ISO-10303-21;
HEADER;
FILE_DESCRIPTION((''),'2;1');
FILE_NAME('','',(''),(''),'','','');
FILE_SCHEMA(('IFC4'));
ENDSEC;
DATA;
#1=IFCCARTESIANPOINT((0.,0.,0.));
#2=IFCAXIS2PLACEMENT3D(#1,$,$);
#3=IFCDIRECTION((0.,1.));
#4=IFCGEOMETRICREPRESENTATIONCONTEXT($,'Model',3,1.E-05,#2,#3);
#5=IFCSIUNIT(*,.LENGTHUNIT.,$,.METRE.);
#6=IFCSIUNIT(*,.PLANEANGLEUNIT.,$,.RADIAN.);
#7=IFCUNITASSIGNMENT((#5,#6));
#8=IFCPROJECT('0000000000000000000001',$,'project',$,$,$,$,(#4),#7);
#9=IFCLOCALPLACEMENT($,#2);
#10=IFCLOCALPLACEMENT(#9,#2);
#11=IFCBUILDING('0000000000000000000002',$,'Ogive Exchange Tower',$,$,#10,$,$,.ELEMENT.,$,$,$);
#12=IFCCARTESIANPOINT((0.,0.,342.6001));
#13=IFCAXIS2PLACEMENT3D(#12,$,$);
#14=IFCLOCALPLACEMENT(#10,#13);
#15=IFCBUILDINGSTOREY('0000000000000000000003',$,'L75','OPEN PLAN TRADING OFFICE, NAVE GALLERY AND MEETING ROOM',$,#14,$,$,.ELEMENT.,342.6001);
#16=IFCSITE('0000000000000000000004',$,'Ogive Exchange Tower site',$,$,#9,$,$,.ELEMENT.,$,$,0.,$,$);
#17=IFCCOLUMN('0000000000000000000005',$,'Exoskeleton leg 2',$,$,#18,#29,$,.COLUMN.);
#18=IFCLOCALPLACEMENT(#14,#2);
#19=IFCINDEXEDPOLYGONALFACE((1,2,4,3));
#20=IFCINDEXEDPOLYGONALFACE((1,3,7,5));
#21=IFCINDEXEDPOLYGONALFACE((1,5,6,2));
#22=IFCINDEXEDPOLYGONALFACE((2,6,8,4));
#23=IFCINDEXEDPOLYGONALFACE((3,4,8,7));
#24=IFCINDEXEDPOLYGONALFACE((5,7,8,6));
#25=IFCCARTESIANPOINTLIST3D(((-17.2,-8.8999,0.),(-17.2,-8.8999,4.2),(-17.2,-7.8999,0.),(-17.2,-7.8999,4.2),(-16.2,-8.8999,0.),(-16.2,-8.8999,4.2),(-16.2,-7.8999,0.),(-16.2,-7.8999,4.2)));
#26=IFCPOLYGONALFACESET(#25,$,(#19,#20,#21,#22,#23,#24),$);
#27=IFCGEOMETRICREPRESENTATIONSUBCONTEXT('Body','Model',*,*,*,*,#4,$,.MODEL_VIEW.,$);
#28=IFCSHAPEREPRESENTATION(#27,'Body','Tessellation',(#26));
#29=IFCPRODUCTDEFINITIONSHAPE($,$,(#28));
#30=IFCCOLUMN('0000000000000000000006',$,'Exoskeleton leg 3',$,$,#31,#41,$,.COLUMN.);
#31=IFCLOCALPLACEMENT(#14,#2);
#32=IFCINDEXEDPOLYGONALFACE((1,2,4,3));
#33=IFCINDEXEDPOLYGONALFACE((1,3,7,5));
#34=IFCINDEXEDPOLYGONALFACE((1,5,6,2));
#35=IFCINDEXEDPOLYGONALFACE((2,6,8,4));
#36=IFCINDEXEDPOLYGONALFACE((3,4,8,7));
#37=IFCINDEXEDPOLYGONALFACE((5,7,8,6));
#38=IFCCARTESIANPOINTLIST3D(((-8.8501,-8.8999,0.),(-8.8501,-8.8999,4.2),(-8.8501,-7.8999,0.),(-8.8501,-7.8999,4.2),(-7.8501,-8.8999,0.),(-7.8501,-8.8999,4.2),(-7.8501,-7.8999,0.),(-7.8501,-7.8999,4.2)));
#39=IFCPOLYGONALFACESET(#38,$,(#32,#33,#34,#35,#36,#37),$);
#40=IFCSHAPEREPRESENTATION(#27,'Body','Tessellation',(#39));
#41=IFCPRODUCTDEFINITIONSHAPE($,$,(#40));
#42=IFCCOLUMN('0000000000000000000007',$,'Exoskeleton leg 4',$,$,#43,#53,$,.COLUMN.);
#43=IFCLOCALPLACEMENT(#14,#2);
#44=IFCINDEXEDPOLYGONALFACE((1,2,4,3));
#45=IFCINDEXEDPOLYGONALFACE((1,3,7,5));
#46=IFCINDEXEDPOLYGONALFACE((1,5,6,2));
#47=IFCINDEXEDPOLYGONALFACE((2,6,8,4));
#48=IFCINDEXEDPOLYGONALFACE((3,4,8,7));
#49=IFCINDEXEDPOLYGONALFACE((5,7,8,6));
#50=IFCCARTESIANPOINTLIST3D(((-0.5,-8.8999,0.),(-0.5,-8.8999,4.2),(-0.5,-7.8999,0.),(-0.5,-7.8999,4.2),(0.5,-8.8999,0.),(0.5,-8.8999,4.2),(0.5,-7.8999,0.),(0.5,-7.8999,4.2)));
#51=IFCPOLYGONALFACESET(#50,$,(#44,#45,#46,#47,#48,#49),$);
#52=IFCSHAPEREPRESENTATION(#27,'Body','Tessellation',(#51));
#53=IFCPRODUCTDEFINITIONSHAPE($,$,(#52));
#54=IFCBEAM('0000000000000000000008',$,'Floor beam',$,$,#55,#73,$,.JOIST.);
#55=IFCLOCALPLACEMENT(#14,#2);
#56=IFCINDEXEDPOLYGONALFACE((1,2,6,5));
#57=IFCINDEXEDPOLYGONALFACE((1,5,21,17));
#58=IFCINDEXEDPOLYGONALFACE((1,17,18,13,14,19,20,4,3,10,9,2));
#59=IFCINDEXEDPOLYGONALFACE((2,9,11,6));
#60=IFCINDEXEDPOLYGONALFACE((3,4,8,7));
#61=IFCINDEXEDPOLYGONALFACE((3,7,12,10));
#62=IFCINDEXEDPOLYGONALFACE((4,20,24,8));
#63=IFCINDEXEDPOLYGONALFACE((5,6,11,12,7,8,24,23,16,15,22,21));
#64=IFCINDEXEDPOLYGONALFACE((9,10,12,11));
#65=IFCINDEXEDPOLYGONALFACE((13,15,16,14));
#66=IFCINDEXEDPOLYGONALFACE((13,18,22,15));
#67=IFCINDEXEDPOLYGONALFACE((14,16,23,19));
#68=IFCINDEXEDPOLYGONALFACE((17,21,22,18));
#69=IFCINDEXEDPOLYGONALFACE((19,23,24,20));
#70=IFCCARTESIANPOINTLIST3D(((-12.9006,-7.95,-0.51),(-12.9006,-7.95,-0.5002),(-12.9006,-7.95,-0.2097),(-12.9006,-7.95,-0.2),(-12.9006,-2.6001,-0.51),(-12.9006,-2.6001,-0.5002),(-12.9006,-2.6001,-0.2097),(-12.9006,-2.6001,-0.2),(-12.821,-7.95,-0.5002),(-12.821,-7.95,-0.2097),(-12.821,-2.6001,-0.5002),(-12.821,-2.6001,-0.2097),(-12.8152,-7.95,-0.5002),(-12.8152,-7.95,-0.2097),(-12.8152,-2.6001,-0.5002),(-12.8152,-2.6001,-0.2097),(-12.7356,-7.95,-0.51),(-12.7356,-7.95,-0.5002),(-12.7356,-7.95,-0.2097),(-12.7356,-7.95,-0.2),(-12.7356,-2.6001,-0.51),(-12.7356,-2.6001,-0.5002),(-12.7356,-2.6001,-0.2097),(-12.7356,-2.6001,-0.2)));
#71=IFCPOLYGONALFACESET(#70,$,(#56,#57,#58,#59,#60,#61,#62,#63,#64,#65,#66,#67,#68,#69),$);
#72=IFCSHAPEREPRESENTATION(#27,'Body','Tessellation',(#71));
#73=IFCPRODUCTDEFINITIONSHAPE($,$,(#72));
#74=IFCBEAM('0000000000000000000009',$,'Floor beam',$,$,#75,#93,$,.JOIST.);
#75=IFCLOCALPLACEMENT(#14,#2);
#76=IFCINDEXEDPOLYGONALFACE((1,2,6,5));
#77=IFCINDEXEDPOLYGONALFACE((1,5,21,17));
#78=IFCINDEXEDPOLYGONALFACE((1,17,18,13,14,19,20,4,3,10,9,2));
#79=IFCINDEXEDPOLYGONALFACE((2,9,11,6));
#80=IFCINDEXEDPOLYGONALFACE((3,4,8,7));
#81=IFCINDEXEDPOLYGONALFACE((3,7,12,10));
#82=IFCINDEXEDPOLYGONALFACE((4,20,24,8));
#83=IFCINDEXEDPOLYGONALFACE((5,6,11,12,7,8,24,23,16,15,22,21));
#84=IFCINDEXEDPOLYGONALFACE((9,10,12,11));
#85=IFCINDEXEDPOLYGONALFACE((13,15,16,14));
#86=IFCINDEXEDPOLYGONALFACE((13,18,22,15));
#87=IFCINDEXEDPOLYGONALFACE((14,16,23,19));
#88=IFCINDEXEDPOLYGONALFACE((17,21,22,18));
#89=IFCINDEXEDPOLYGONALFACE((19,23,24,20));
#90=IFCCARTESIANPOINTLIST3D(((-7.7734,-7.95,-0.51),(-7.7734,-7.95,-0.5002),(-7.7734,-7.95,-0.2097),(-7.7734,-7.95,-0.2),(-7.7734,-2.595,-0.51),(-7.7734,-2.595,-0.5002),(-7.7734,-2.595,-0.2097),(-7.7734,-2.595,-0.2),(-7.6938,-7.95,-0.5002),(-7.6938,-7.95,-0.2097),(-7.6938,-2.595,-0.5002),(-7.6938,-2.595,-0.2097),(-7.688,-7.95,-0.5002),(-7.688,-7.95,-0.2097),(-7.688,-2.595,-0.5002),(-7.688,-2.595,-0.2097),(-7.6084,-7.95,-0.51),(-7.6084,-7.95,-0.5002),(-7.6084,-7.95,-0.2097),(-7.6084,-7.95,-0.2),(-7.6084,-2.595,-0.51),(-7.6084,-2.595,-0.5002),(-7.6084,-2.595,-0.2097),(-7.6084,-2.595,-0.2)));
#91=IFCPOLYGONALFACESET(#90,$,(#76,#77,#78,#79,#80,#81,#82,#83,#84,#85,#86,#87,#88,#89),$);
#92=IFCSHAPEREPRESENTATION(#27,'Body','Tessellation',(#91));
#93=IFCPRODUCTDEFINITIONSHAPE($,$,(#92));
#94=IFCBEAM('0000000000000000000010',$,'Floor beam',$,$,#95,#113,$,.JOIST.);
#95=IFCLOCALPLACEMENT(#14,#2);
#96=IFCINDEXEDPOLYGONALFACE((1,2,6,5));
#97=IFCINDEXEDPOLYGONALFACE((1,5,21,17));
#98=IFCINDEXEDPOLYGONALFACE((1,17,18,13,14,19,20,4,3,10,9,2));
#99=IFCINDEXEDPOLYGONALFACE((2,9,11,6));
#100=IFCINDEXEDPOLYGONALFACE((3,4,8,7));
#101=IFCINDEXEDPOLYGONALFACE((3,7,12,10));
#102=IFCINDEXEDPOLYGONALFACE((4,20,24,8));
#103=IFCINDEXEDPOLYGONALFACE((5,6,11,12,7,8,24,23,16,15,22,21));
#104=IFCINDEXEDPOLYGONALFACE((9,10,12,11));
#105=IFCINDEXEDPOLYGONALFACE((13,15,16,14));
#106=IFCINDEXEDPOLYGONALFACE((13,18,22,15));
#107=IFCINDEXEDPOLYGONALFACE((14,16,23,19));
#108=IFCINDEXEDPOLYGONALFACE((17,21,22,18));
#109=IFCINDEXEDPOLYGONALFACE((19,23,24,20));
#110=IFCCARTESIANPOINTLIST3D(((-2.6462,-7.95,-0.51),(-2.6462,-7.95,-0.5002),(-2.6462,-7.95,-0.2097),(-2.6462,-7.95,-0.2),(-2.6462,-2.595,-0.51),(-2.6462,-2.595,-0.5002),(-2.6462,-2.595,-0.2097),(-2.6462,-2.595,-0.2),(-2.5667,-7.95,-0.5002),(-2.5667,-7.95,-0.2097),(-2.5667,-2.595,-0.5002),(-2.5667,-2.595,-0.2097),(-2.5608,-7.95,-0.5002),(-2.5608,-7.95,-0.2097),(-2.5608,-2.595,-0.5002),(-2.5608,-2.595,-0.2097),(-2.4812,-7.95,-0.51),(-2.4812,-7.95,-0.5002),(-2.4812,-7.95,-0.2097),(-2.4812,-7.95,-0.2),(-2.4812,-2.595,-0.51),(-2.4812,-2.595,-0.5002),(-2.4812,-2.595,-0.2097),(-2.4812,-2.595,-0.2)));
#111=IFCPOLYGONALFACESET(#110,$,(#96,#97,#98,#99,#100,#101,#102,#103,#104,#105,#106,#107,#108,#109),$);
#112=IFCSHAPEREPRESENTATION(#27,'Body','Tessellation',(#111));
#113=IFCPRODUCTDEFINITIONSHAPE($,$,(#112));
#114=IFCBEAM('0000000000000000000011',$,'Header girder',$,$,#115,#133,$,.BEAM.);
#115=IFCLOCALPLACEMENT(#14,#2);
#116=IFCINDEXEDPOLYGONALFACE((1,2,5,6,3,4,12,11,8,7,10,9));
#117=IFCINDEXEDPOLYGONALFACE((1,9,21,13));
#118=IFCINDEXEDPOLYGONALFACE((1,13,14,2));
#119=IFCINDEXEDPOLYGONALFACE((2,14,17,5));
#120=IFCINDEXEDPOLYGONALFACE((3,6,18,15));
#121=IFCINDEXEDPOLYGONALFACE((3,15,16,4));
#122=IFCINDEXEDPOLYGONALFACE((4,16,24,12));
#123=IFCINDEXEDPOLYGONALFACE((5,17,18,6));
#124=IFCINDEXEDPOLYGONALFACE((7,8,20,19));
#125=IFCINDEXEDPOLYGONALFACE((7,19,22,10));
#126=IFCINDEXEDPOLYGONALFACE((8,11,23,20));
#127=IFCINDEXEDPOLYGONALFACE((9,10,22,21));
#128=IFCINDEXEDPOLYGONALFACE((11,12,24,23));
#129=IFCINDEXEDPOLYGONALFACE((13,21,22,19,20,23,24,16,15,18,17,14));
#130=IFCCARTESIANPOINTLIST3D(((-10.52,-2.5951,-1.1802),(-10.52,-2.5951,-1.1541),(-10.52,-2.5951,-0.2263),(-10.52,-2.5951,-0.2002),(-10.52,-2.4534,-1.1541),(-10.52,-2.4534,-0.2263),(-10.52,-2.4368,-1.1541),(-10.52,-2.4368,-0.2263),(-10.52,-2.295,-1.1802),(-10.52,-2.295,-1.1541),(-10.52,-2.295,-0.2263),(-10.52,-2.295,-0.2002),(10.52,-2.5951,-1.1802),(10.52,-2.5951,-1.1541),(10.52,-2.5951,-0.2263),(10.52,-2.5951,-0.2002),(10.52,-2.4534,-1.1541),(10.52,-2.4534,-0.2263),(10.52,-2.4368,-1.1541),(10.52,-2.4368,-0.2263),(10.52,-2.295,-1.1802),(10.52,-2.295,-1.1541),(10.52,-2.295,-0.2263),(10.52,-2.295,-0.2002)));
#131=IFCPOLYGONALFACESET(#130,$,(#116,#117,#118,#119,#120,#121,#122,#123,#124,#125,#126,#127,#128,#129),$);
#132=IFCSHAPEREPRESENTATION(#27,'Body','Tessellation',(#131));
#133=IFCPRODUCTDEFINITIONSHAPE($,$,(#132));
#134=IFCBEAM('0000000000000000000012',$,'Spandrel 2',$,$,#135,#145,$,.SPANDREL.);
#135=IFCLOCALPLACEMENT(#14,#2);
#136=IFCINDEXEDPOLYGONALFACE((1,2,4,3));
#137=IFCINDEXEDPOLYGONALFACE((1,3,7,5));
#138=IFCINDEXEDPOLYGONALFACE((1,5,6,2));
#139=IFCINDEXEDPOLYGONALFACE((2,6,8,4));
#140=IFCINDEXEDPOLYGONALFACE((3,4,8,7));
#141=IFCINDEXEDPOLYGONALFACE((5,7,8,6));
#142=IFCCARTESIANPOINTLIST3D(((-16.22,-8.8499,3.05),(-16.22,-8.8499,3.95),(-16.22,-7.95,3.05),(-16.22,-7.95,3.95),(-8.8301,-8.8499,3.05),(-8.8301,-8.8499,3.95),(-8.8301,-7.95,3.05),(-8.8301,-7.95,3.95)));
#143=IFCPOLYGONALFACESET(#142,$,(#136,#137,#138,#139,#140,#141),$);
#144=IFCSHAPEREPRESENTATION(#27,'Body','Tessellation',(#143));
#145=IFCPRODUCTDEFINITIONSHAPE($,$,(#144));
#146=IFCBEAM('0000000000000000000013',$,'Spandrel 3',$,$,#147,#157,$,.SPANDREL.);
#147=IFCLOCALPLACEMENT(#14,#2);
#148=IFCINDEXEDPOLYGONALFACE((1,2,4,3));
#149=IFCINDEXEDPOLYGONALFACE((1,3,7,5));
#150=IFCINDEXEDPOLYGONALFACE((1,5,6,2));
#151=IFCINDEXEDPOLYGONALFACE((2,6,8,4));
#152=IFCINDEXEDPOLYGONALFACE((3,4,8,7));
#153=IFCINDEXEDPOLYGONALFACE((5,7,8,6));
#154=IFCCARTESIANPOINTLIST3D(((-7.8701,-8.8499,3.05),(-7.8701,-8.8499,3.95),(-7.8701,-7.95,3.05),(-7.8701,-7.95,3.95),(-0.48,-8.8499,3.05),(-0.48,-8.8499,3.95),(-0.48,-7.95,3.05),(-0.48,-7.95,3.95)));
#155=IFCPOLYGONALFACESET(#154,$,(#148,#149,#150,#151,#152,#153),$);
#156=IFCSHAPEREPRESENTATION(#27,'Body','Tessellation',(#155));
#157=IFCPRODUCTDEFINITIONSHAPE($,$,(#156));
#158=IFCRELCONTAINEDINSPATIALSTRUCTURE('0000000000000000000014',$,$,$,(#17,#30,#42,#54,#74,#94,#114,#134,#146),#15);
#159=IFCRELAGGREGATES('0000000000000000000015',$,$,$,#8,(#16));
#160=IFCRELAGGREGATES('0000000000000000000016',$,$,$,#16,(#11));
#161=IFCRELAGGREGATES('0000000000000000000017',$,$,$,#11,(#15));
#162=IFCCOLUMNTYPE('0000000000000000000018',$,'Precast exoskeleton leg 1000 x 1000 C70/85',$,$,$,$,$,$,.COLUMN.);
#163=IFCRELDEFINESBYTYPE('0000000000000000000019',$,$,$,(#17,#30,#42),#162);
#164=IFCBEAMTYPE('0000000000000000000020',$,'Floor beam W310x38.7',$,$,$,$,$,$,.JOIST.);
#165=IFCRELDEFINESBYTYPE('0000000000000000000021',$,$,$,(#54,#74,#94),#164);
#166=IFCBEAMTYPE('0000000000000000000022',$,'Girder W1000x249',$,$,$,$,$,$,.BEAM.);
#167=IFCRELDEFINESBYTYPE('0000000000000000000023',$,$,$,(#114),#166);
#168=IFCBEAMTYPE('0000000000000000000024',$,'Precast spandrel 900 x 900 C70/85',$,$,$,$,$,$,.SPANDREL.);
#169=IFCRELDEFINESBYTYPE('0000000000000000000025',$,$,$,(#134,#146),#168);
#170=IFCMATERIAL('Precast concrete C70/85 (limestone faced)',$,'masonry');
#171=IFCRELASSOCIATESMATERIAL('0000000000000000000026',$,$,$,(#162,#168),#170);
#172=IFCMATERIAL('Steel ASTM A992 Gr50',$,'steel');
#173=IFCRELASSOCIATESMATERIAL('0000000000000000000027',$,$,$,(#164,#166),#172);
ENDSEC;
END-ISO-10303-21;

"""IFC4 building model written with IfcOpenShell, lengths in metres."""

from ifc_helpers import new_model, si_unit, direction, frame, origin, origin_2d, place, context, subcontext, project, spatial, rectangle, i_section, extrude, material, material_profile, profile_set, type_object, element, save


model = new_model("IFC4")

# Units and contexts
model_context = context("Model", 3, precision=1e-05, world=origin(), true_north=direction((0.0, 1.0)))
body_context = subcontext(model_context, "Body", "Model", "MODEL_VIEW")
ifc_project = project(units=[si_unit("LENGTHUNIT", "METRE"), si_unit("PLANEANGLEUNIT", "RADIAN")], contexts=[model_context])

# Site, building, storey
site_placement = place(None, origin())
site = spatial("IfcSite", under=ifc_project, at=site_placement, Name="Ogive Exchange Tower site", CompositionType="ELEMENT", RefElevation=0.0)
building_placement = place(site_placement, origin())
building = spatial("IfcBuilding", under=site, at=building_placement, Name="Ogive Exchange Tower", CompositionType="ELEMENT")
storey_placement = place(building_placement, frame((0.0, 0.0, 342.6001)))
storey = spatial("IfcBuildingStorey", under=building, at=storey_placement, Name="L75", Description="OPEN PLAN TRADING OFFICE, NAVE GALLERY AND MEETING ROOM", CompositionType="ELEMENT", Elevation=342.6001)

# Columns
ifc_material_1 = material(Name="Precast concrete C70/85 (limestone faced)", Category="masonry")
ifc_material_profile_1 = material_profile(ifc_material_1, rectangle(XDim=1.0, YDim=1.0, at=origin_2d()), Name="1000 x 1000")
ifc_profile_set_1 = profile_set([ifc_material_profile_1], Name="Precast concrete C70/85 (limestone faced)")
column_type = type_object("IfcColumnType", Name="Precast exoskeleton leg 1000 x 1000 C70/85", PredefinedType="COLUMN", material=ifc_profile_set_1)
for number, where, z_axis, x_axis, name in (
    (1, (-16.7, -8.3999, 0.0), (0.0, 0.0, 1.0), (1.0, 0.0, 0.0), "Exoskeleton leg 2"),
    (2, (-8.3501, -8.3999, 0.0), (0.0, 0.0, 1.0), (1.0, 0.0, 0.0), "Exoskeleton leg 3"),
    (3, (0.0, -8.3999, 0.0), (0.0, 0.0, 1.0), (1.0, 0.0, 0.0), "Exoskeleton leg 4"),
):
    element("IfcColumn", number, at=place(storey_placement, frame(where, z_axis=z_axis, x_axis=x_axis)), inside=storey, type_object=column_type, Name=name, PredefinedType="COLUMN", context=body_context, shape_type="SweptSolid", body=[
        extrude(rectangle(XDim=1.0, YDim=1.0, at=origin_2d()), origin(), (0.0, 0.0, 1.0), 4.2),
    ])

# Beams
ifc_material_2 = material(Name="Steel ASTM A992 Gr50", Category="steel")
ifc_material_profile_2 = material_profile(ifc_material_2, i_section(OverallWidth=0.165, OverallDepth=0.3101, WebThickness=0.0059, FlangeThickness=0.0098, at=origin_2d()), Name="W310x38.7")
ifc_profile_set_2 = profile_set([ifc_material_profile_2], Name="Steel ASTM A992 Gr50")
beam_type_1 = type_object("IfcBeamType", Name="Floor beam W310x38.7", PredefinedType="JOIST", material=ifc_profile_set_2)
beam_1_placement = place(storey_placement, frame((-12.8181, -7.95, -0.355), z_axis=(0.0, 1.0, 0.0), x_axis=(-1.0, 0.0, 0.0)))
element("IfcBeam", 4, at=beam_1_placement, inside=storey, type_object=beam_type_1, Name="Floor beam", PredefinedType="JOIST", context=body_context, shape_type="SweptSolid", body=[
    extrude(i_section(OverallWidth=0.165, OverallDepth=0.3101, WebThickness=0.0059, FlangeThickness=0.0098, at=origin_2d()), origin(), (0.0, 0.0, 1.0), 5.3499),
])
for number, where, z_axis, x_axis, name in (
    (5, (-7.6909, -7.95, -0.355), (0.0, 1.0, 0.0), (-1.0, 0.0, 0.0), "Floor beam"),
    (6, (-2.5637, -7.95, -0.355), (0.0, 1.0, 0.0), (-1.0, 0.0, 0.0), "Floor beam"),
):
    element("IfcBeam", number, at=place(storey_placement, frame(where, z_axis=z_axis, x_axis=x_axis)), inside=storey, type_object=beam_type_1, Name=name, PredefinedType="JOIST", context=body_context, shape_type="SweptSolid", body=[
        extrude(i_section(OverallWidth=0.165, OverallDepth=0.3101, WebThickness=0.0059, FlangeThickness=0.0098, at=origin_2d()), origin(), (0.0, 0.0, 1.0), 5.355),
    ])
ifc_material_profile_3 = material_profile(ifc_material_2, i_section(OverallWidth=0.3, OverallDepth=0.98, WebThickness=0.0166, FlangeThickness=0.0261, at=origin_2d()), Name="W1000x249")
ifc_profile_set_3 = profile_set([ifc_material_profile_3], Name="Steel ASTM A992 Gr50")
beam_type_2 = type_object("IfcBeamType", Name="Girder W1000x249", PredefinedType="BEAM", material=ifc_profile_set_3)
beam_2_placement = place(storey_placement, frame((-10.52, -2.4451, -0.6902), z_axis=(1.0, 0.0, 0.0), x_axis=(0.0, 1.0, 0.0)))
element("IfcBeam", 7, at=beam_2_placement, inside=storey, type_object=beam_type_2, Name="Header girder", PredefinedType="BEAM", context=body_context, shape_type="SweptSolid", body=[
    extrude(i_section(OverallWidth=0.3, OverallDepth=0.98, WebThickness=0.0166, FlangeThickness=0.0261, at=origin_2d()), origin(), (0.0, 0.0, 1.0), 21.04),
])
ifc_material_profile_4 = material_profile(ifc_material_1, rectangle(XDim=0.8999, YDim=0.8999, at=origin_2d()), Name="900 x 900")
ifc_profile_set_4 = profile_set([ifc_material_profile_4], Name="Precast concrete C70/85 (limestone faced)")
beam_type_3 = type_object("IfcBeamType", Name="Precast spandrel 900 x 900 C70/85", PredefinedType="SPANDREL", material=ifc_profile_set_4)
beam_3_placement = place(storey_placement, frame((-16.22, -8.3999, 3.5), z_axis=(1.0, 0.0, 0.0), x_axis=(0.0, 1.0, 0.0)))
element("IfcBeam", 8, at=beam_3_placement, inside=storey, type_object=beam_type_3, Name="Spandrel 2", PredefinedType="SPANDREL", context=body_context, shape_type="SweptSolid", body=[
    extrude(rectangle(XDim=0.8999, YDim=0.8999, at=origin_2d()), origin(), (0.0, 0.0, 1.0), 7.3899),
])
beam_4_placement = place(storey_placement, frame((-7.8701, -8.3999, 3.5), z_axis=(1.0, 0.0, 0.0), x_axis=(0.0, 1.0, 0.0)))
element("IfcBeam", 9, at=beam_4_placement, inside=storey, type_object=beam_type_3, Name="Spandrel 3", PredefinedType="SPANDREL", context=body_context, shape_type="SweptSolid", body=[
    extrude(rectangle(XDim=0.8999, YDim=0.8999, at=origin_2d()), origin(), (0.0, 0.0, 1.0), 7.3901),
])

save(model, "model.ifc")
